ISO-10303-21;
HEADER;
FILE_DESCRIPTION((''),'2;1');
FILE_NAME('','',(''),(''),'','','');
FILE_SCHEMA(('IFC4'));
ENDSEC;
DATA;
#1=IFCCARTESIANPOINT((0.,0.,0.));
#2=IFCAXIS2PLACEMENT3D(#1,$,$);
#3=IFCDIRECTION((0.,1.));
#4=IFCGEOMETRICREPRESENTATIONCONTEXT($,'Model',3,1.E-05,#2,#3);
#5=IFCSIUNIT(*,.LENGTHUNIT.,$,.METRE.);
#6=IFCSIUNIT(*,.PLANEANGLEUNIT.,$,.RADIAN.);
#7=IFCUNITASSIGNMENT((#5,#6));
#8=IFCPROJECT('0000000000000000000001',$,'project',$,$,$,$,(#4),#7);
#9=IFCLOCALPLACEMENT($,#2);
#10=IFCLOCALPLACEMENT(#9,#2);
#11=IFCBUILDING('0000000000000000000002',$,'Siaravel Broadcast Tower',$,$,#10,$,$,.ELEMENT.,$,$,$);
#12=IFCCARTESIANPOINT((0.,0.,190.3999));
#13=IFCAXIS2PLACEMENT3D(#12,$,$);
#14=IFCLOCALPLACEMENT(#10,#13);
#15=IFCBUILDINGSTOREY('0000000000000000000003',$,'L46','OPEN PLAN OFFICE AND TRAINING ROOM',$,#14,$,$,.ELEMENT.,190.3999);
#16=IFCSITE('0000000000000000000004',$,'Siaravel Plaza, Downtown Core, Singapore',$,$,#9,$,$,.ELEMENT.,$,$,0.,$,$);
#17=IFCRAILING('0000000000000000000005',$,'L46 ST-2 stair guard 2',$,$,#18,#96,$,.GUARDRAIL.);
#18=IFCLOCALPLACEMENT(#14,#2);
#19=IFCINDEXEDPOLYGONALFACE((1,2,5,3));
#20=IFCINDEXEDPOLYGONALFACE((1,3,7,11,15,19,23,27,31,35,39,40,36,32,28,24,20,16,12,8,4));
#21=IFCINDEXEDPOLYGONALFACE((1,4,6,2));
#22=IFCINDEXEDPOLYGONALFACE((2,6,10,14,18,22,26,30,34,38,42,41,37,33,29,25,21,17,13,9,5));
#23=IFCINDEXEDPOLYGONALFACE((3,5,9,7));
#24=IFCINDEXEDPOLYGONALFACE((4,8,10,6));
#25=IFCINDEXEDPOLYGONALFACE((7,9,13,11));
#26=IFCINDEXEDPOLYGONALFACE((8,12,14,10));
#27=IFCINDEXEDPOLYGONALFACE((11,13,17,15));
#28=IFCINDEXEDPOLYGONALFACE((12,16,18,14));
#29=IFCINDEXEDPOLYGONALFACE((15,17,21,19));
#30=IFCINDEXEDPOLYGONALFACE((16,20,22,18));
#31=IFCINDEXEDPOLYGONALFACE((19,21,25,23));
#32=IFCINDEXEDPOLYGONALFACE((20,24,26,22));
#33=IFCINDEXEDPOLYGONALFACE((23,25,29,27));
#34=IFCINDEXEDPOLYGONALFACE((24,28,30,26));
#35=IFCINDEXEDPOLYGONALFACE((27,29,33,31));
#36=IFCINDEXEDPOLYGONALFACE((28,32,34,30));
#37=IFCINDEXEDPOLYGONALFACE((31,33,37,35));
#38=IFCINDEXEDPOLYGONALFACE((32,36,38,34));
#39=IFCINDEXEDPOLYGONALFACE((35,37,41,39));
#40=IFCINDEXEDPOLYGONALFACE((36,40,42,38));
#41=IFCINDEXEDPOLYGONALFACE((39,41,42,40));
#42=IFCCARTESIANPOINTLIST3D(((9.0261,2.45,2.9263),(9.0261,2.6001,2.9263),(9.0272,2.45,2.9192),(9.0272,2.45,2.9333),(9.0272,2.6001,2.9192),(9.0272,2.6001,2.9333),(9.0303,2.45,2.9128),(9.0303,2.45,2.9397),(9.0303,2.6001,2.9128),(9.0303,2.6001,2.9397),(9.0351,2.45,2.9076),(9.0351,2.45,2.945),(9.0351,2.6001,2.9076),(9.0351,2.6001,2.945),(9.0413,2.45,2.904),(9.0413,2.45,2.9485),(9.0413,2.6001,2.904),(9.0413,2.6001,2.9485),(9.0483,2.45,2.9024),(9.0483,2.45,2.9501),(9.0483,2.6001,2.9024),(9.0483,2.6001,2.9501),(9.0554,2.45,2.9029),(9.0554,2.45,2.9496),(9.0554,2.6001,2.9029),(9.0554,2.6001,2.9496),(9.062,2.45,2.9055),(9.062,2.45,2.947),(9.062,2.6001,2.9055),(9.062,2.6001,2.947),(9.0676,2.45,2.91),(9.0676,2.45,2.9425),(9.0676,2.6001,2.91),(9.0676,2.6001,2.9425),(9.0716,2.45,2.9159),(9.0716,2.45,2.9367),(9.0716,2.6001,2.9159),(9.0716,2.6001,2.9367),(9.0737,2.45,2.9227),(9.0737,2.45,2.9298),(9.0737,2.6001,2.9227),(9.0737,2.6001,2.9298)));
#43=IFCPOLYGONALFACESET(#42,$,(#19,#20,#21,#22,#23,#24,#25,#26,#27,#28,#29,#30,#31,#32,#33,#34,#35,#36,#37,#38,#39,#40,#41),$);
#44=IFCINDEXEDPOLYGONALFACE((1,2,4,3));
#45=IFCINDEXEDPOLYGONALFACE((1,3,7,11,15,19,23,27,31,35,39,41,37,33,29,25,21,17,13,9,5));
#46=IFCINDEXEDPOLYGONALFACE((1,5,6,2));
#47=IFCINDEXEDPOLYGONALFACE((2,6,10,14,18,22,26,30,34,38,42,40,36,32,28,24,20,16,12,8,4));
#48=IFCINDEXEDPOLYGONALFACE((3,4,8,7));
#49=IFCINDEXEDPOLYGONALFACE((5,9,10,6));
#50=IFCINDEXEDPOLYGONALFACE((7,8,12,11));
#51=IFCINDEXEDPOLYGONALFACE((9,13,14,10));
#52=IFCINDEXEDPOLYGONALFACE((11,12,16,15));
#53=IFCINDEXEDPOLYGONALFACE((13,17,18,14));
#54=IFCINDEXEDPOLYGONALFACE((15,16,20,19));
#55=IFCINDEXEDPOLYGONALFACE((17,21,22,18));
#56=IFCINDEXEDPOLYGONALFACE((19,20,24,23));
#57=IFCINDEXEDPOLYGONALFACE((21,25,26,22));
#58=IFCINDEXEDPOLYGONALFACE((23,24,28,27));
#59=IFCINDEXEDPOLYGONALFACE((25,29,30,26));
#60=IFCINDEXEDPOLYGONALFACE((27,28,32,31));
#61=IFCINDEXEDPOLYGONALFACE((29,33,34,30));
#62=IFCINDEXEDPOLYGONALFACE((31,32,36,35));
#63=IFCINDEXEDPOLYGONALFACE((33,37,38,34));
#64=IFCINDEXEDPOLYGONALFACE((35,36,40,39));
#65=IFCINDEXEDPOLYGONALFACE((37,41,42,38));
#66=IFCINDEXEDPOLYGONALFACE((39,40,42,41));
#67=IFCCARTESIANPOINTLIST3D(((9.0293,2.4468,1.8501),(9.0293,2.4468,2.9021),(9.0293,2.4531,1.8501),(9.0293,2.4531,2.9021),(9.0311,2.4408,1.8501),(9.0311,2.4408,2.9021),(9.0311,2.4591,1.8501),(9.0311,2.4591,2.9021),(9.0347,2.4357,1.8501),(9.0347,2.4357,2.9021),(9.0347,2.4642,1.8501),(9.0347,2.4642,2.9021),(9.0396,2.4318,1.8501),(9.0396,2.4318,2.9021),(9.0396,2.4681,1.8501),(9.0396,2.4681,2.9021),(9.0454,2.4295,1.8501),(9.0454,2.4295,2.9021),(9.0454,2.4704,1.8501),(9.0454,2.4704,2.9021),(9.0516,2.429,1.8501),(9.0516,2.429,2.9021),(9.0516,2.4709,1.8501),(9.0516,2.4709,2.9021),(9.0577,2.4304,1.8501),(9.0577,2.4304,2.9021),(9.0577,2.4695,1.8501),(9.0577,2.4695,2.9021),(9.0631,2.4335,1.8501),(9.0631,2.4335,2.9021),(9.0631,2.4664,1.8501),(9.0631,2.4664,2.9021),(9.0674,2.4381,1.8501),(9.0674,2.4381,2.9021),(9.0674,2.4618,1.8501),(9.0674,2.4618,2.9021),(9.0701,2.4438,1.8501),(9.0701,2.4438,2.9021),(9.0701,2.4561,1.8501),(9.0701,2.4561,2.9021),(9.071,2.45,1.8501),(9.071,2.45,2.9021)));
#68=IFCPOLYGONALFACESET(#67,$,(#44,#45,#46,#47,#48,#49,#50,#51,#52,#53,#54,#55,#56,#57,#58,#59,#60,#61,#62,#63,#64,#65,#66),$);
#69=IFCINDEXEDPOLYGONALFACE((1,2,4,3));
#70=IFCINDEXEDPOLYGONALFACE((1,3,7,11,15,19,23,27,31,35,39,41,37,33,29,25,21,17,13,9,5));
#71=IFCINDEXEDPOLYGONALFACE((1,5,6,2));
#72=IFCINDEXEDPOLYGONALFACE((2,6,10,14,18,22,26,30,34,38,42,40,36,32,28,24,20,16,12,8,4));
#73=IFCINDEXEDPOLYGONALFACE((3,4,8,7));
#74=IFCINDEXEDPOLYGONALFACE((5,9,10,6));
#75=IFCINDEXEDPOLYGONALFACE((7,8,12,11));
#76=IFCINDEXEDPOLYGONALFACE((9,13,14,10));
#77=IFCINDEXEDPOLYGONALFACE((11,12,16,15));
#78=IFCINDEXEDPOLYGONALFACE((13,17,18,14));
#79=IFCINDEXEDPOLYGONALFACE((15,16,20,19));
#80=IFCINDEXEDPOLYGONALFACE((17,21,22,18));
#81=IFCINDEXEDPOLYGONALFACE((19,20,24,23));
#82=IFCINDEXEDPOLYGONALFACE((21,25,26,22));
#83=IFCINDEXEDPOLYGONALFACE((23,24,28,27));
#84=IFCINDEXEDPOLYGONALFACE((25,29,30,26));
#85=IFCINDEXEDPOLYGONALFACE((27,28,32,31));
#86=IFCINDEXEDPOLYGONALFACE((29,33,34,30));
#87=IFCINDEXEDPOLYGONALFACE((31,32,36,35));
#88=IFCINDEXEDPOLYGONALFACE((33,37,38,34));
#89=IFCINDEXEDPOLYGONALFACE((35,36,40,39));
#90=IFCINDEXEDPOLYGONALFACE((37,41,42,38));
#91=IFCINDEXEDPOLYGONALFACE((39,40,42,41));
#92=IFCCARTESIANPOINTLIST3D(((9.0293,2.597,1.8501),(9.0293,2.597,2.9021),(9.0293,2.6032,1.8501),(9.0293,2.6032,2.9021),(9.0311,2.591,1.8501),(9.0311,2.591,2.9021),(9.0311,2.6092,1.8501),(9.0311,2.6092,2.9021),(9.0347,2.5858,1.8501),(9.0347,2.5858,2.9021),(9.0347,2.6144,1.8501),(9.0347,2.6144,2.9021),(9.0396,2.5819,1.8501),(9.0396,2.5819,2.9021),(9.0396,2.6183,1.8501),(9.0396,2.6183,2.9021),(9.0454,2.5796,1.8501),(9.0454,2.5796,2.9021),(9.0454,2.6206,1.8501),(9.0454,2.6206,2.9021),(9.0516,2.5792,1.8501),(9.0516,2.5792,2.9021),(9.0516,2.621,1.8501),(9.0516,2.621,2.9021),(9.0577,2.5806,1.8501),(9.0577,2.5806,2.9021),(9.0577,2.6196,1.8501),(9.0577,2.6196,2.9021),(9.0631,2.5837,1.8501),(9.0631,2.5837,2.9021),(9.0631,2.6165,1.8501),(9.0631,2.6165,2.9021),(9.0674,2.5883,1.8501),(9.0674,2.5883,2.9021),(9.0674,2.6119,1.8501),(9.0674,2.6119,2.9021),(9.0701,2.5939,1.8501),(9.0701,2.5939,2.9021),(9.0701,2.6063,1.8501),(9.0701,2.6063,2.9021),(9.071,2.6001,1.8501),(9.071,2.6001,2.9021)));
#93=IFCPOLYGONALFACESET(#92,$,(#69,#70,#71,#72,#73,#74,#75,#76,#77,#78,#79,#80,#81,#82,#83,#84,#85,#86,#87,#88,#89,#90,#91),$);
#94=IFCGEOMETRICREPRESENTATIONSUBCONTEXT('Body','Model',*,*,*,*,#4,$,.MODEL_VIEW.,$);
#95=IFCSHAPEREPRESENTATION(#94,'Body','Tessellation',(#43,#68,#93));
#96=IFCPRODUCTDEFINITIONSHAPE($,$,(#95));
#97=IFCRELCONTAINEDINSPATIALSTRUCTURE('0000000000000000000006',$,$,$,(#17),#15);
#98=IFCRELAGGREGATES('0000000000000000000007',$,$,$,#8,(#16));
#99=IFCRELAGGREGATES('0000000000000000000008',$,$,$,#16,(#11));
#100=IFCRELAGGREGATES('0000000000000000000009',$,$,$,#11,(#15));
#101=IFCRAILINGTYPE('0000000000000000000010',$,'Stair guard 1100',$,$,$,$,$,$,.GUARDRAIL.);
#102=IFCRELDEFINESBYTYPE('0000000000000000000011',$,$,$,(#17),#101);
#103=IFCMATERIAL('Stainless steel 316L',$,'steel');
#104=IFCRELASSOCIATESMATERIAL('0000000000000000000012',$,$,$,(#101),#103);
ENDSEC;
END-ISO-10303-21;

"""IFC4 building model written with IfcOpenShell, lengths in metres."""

from ifc_helpers import new_model, si_unit, direction, frame, origin, origin_2d, place, context, subcontext, project, spatial, circle, extrude, material, type_object, element, save


model = new_model("IFC4")

# Units and contexts
model_context = context("Model", 3, precision=1e-05, world=origin(), true_north=direction((0.0, 1.0)))
body_context = subcontext(model_context, "Body", "Model", "MODEL_VIEW")
ifc_project = project(units=[si_unit("LENGTHUNIT", "METRE"), si_unit("PLANEANGLEUNIT", "RADIAN")], contexts=[model_context])

# Site, building, storey
site_placement = place(None, origin())
site = spatial("IfcSite", under=ifc_project, at=site_placement, Name="Siaravel Plaza, Downtown Core, Singapore", CompositionType="ELEMENT", RefElevation=0.0)
building_placement = place(site_placement, origin())
building = spatial("IfcBuilding", under=site, at=building_placement, Name="Siaravel Broadcast Tower", CompositionType="ELEMENT")
storey_placement = place(building_placement, frame((0.0, 0.0, 190.3999)))
storey = spatial("IfcBuildingStorey", under=building, at=storey_placement, Name="L46", Description="OPEN PLAN OFFICE AND TRAINING ROOM", CompositionType="ELEMENT", Elevation=190.3999)

# Railing
ifc_material_1 = material(Name="Stainless steel 316L", Category="steel")
railing_type_1 = type_object("IfcRailingType", Name="Stair guard 1100", PredefinedType="GUARDRAIL", material=ifc_material_1)
railing_1_placement = place(storey_placement, frame((9.05, 2.45, 1.8501)))
element("IfcRailing", 1, at=railing_1_placement, inside=storey, type_object=railing_type_1, Name="L46 ST-2 stair guard 2", PredefinedType="GUARDRAIL", context=body_context, shape_type="SweptSolid", body=[
    extrude(circle(Radius=0.0239, at=origin_2d()), frame((0.0, 0.0, 1.0762), z_axis=(0.0, 1.0, 0.0), x_axis=(-1.0, 0.0, 0.0)), (0.0, 0.0, 1.0), 0.1501),
    extrude(circle(Radius=0.021, at=origin_2d()), origin(), (0.0, 0.0, 1.0), 1.052),
    extrude(circle(Radius=0.021, at=origin_2d()), frame((0.0, 0.1501, 0.0)), (0.0, 0.0, 1.0), 1.052),
])

save(model, "model.ifc")
